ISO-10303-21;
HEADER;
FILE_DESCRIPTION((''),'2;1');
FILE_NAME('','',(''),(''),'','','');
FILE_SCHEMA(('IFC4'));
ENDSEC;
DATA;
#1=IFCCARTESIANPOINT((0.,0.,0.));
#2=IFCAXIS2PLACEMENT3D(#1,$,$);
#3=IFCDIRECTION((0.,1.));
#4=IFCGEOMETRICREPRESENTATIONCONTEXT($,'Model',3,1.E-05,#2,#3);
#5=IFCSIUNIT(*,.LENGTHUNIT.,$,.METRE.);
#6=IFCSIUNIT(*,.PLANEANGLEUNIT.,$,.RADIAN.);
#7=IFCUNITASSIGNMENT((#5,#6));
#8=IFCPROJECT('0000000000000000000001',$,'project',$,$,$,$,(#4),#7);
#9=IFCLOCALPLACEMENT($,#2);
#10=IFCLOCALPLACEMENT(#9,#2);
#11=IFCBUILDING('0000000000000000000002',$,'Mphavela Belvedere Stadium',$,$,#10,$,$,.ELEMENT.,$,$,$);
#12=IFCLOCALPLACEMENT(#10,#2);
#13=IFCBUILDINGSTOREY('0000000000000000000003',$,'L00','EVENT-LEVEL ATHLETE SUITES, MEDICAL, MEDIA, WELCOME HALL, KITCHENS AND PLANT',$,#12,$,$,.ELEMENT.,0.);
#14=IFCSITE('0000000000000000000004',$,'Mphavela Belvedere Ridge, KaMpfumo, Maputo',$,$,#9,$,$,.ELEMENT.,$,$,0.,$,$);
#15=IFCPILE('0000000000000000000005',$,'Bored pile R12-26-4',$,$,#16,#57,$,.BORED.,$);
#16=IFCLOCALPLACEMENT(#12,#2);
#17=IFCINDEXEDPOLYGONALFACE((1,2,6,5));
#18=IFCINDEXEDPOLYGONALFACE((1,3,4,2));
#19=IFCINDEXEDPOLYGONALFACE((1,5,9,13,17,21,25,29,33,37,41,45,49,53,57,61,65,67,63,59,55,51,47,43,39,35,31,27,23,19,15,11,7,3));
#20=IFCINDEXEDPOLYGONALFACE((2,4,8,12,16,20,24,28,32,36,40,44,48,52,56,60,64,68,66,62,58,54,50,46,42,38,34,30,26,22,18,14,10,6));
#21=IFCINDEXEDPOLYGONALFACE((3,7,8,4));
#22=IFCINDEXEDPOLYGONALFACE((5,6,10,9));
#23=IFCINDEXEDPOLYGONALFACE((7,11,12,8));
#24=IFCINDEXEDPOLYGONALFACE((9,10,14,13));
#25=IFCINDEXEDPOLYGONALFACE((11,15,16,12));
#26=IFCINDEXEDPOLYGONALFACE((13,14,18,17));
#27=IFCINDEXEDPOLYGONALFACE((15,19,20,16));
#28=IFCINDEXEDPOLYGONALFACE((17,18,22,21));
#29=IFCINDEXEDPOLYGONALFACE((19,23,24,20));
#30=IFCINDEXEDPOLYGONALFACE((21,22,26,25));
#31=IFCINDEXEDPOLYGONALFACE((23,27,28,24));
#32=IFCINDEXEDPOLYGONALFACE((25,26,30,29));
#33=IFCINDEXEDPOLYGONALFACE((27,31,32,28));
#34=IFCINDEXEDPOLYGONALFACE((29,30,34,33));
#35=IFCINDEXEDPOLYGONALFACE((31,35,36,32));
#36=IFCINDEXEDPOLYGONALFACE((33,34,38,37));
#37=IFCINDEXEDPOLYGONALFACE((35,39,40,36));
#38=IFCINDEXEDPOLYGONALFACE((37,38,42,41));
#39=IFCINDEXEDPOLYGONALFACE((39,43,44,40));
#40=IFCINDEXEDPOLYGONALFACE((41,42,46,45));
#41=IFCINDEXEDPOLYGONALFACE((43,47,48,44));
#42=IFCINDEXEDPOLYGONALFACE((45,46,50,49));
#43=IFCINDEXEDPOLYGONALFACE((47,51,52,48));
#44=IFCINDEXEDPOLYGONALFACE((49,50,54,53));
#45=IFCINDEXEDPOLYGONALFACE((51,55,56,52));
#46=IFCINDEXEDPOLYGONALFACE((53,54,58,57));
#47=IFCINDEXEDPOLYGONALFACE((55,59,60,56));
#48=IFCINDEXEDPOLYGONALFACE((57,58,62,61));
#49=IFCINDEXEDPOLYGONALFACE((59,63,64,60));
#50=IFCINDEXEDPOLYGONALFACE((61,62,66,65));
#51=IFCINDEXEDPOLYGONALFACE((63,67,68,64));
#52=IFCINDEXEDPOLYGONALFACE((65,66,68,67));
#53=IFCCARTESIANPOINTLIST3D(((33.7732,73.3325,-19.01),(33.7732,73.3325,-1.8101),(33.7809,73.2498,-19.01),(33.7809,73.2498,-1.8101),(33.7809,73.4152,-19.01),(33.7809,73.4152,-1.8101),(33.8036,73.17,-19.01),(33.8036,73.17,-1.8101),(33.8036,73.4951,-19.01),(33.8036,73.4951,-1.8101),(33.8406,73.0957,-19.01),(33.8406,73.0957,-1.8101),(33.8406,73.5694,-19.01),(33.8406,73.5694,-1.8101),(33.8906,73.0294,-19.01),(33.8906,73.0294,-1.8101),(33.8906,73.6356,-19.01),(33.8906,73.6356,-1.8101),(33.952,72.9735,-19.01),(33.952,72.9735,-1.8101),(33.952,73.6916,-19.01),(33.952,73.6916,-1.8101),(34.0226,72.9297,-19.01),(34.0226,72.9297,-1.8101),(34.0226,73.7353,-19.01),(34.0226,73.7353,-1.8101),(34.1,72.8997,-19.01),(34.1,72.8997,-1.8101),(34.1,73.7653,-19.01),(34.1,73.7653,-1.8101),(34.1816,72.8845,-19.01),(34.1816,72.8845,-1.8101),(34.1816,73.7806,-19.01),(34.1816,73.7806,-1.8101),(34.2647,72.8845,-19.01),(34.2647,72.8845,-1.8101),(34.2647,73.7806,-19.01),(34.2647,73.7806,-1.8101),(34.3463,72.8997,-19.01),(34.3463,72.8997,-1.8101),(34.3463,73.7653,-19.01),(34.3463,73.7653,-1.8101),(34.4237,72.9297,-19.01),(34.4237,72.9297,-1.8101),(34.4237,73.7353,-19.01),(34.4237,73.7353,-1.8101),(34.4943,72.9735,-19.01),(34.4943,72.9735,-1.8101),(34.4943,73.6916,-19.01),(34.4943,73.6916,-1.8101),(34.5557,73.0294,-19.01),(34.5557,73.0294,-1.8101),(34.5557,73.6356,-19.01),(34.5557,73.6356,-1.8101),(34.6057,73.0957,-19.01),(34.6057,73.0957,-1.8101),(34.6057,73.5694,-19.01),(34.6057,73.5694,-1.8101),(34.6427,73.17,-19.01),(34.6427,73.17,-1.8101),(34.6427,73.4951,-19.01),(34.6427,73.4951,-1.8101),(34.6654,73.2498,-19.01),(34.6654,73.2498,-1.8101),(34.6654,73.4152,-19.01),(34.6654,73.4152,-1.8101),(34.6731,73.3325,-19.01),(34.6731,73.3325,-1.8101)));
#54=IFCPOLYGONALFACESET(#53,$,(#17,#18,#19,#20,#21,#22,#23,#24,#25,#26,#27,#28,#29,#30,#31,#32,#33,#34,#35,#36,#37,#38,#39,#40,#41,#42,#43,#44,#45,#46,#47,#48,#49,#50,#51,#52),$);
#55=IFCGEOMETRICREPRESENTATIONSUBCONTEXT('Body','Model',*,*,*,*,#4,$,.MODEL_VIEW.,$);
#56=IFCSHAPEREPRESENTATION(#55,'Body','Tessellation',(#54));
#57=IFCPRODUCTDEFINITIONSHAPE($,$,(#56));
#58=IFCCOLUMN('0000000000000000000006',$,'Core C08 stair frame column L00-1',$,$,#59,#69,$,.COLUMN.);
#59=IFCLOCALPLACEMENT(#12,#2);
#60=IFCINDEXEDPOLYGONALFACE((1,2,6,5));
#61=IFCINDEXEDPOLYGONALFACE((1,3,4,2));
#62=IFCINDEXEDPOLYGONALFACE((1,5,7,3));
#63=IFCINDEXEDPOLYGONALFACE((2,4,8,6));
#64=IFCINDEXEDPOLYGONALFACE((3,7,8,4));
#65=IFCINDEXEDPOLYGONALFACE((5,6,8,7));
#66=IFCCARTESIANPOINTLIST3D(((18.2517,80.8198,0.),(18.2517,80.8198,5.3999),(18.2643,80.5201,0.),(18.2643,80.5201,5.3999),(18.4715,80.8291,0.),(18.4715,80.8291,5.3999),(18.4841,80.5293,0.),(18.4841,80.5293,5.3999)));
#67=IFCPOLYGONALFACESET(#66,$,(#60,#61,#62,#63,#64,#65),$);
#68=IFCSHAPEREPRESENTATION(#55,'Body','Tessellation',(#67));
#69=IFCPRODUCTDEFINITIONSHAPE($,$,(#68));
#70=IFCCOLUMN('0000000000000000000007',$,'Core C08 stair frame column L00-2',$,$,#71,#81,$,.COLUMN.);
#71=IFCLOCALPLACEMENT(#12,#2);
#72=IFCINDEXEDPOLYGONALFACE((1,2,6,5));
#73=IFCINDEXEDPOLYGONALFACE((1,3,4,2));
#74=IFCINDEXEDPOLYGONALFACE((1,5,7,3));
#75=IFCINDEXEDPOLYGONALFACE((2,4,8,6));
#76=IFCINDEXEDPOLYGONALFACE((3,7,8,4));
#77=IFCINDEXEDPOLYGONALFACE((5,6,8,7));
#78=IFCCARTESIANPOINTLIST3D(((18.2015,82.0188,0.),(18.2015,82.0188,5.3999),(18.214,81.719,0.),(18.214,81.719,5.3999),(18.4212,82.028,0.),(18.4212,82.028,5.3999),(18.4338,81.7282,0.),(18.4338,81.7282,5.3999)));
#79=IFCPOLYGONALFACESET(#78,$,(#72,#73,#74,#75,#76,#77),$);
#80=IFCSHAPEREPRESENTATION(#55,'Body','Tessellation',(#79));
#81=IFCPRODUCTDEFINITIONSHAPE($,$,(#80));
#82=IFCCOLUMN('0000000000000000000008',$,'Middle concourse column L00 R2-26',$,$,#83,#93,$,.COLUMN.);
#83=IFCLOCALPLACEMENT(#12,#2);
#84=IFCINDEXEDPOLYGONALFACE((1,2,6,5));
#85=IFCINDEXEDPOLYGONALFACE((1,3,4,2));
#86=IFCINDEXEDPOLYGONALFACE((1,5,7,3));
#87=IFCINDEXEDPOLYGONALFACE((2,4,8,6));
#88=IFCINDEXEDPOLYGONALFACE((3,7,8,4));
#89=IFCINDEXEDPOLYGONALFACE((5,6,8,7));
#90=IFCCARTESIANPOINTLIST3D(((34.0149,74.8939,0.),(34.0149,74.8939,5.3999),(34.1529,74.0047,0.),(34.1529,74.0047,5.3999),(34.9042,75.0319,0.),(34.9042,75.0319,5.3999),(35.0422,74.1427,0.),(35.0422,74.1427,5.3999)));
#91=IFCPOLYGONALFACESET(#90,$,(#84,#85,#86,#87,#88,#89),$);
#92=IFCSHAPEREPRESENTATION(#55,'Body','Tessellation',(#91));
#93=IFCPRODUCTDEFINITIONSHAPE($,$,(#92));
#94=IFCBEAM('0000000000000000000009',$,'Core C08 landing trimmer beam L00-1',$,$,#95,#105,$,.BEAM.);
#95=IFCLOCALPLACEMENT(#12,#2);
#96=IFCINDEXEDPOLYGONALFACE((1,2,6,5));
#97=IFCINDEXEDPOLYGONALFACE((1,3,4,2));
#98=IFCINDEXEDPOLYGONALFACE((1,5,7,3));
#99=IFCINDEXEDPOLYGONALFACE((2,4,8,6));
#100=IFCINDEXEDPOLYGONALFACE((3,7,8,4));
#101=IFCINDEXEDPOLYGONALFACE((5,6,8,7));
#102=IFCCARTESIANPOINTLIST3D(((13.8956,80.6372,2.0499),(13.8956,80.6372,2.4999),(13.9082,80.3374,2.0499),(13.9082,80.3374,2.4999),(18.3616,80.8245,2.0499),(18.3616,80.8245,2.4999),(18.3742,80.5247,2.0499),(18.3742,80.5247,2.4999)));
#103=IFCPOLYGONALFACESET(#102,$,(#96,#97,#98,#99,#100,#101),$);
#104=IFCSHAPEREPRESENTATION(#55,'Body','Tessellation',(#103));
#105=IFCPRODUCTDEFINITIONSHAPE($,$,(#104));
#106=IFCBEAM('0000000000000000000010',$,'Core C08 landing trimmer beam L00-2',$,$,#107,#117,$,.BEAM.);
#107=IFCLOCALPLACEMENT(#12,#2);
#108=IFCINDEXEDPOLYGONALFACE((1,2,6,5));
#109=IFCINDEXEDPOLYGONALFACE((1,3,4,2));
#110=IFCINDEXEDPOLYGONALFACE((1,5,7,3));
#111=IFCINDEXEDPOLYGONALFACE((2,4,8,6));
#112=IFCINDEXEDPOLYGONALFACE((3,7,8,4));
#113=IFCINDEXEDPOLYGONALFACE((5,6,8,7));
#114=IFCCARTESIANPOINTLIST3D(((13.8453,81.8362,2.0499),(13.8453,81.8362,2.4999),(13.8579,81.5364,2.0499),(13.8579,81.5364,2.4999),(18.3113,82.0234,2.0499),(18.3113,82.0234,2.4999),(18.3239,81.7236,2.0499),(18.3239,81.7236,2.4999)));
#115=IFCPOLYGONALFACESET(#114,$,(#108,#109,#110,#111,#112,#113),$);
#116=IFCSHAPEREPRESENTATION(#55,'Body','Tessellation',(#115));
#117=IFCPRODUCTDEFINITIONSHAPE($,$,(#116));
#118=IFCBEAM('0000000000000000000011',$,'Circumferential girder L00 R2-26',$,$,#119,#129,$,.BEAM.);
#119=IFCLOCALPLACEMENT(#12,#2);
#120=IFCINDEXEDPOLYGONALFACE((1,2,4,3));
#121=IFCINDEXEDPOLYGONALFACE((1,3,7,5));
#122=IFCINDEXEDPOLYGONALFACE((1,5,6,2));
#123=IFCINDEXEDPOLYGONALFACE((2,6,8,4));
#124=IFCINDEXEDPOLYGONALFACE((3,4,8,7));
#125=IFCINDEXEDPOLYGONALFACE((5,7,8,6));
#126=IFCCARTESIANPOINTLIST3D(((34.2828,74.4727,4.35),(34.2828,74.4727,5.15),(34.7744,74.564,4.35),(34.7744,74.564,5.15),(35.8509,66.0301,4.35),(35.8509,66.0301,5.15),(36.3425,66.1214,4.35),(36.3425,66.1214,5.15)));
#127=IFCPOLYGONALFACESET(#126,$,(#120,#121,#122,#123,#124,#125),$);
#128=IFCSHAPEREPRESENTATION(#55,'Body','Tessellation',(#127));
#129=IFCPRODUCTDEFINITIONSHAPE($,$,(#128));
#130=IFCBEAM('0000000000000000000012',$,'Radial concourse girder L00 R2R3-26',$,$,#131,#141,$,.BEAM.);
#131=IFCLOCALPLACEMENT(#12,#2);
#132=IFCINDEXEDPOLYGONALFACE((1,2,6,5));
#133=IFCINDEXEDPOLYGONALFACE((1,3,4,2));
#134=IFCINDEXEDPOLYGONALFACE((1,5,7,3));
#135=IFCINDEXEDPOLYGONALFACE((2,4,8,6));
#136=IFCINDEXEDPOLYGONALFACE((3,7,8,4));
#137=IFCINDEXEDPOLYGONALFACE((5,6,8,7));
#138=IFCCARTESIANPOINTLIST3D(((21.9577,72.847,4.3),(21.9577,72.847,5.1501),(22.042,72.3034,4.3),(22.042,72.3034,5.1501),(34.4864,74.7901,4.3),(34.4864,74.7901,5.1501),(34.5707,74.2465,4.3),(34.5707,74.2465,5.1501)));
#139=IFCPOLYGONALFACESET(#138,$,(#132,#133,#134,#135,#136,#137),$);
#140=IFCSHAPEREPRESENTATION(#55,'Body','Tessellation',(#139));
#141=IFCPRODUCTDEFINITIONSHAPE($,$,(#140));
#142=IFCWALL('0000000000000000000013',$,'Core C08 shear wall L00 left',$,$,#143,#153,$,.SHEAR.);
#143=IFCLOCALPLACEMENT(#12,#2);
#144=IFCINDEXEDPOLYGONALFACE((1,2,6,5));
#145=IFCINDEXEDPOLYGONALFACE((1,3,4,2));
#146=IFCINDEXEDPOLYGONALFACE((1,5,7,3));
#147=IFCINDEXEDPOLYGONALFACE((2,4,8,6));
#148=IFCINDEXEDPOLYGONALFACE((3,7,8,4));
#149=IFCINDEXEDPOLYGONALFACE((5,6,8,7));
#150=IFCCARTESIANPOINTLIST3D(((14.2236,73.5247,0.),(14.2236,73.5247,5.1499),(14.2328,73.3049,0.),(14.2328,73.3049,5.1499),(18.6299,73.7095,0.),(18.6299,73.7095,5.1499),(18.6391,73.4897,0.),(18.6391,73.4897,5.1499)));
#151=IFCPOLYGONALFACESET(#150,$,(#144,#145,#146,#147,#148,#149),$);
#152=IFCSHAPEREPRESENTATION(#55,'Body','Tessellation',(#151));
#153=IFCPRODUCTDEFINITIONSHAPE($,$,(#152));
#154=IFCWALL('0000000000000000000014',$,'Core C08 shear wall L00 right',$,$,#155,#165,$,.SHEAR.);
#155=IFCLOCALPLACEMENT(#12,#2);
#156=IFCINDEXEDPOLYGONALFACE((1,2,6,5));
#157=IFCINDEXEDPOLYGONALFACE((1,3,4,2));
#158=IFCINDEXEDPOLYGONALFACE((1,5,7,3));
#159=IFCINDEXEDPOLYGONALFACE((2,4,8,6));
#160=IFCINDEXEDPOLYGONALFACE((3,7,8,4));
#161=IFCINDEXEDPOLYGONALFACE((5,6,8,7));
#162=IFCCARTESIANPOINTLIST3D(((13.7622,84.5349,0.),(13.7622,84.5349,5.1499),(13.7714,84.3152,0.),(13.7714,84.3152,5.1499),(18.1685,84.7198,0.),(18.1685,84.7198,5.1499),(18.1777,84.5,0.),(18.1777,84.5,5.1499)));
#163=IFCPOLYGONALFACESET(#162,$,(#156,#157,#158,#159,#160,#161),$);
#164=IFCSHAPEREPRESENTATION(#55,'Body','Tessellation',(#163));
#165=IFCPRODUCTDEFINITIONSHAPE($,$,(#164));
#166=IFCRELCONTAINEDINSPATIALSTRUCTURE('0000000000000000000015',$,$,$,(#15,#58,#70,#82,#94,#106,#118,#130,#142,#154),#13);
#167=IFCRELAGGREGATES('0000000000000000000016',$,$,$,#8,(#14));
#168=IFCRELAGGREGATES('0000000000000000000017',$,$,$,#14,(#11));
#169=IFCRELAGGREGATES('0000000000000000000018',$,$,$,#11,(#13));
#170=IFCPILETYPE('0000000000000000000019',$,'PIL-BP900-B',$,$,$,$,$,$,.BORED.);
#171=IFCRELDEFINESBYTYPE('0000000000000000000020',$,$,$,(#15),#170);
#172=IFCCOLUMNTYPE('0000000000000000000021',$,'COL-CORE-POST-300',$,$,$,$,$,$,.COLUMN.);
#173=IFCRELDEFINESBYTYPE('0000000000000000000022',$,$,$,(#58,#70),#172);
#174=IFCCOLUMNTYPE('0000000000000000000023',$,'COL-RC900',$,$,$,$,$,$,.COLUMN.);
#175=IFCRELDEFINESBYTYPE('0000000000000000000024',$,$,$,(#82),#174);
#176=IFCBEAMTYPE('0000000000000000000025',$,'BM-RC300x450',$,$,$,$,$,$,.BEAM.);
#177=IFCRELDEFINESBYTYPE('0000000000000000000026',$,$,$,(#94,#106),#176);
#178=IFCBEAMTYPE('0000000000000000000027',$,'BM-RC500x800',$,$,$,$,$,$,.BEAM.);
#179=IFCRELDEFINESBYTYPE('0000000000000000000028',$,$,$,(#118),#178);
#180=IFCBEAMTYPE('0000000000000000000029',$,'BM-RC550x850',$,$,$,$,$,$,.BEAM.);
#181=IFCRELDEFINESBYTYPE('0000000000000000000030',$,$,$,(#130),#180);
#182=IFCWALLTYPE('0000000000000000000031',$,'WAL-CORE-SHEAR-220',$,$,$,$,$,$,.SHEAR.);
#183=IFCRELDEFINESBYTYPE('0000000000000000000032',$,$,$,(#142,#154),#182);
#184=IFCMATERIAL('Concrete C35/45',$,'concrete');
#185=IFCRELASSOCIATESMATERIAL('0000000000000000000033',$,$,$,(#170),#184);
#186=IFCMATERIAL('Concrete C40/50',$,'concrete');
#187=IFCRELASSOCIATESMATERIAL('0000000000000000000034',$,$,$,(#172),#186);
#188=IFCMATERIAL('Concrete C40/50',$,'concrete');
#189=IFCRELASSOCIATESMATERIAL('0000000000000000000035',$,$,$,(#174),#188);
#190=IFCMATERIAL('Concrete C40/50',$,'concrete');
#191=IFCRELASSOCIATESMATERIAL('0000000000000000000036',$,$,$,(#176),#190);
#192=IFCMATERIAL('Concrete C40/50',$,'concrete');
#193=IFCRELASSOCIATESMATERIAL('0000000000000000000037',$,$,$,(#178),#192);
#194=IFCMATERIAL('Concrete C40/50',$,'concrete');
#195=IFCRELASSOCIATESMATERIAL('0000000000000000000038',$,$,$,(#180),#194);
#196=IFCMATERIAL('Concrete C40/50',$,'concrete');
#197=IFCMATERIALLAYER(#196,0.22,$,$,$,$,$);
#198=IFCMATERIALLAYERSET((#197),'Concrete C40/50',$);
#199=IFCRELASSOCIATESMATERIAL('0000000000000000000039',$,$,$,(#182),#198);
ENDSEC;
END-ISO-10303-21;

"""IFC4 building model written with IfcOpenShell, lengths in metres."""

from ifc_helpers import new_model, si_unit, direction, frame, frame_2d, origin, origin_2d, place, context, subcontext, project, spatial, rectangle, circle, extrude, material, layer, layer_set, material_profile, profile_set, type_object, element, save


model = new_model("IFC4")

# Units and contexts
model_context = context("Model", 3, precision=1e-05, world=origin(), true_north=direction((0.0, 1.0)))
body_context = subcontext(model_context, "Body", "Model", "MODEL_VIEW")
ifc_project = project(units=[si_unit("LENGTHUNIT", "METRE"), si_unit("PLANEANGLEUNIT", "RADIAN")], contexts=[model_context])

# Site, building, storey
site_placement = place(None, origin())
site = spatial("IfcSite", under=ifc_project, at=site_placement, Name="Mphavela Belvedere Ridge, KaMpfumo, Maputo", CompositionType="ELEMENT", RefElevation=0.0)
building_placement = place(site_placement, origin())
building = spatial("IfcBuilding", under=site, at=building_placement, Name="Mphavela Belvedere Stadium", CompositionType="ELEMENT")
storey_placement = place(building_placement, origin())
storey = spatial("IfcBuildingStorey", under=building, at=storey_placement, Name="L00", Description="EVENT-LEVEL ATHLETE SUITES, MEDICAL, MEDIA, WELCOME HALL, KITCHENS AND PLANT", CompositionType="ELEMENT", Elevation=0.0)

# Pile
ifc_material_1 = material(Name="Concrete C35/45", Category="concrete")
ifc_material_profile_1 = material_profile(ifc_material_1, circle(Radius=0.45, at=origin_2d()), Name="BP D900")
ifc_profile_set_1 = profile_set([ifc_material_profile_1], Name="Concrete C35/45")
pile_type_1 = type_object("IfcPileType", Name="PIL-BP900-B", PredefinedType="BORED", material=ifc_profile_set_1)
for number, where, z_axis, x_axis, name in (
    (1, (34.2231, 73.3325, -1.8101), (0.0, 0.0, -1.0), (1.0, 0.0, 0.0), "Bored pile R12-26-4"),
):
    element("IfcPile", number, at=place(storey_placement, frame(where, z_axis=z_axis, x_axis=x_axis)), inside=storey, type_object=pile_type_1, Name=name, PredefinedType="BORED", context=body_context, shape_type="SweptSolid", body=[
        extrude(circle(Radius=0.45, at=origin_2d()), origin(), (0.0, 0.0, 1.0), 17.2),
    ])

# Columns
ifc_material_2 = material(Name="Concrete C40/50", Category="concrete")
ifc_material_profile_2 = material_profile(ifc_material_2, rectangle(XDim=0.3, YDim=0.22, at=origin_2d()), Name="RC 300x220")
ifc_profile_set_2 = profile_set([ifc_material_profile_2], Name="Concrete C40/50")
column_type_1 = type_object("IfcColumnType", Name="COL-CORE-POST-300", PredefinedType="COLUMN", material=ifc_profile_set_2)
for number, where, z_axis, x_axis, name in (
    (2, (18.3679, 80.6746, 0.0), (0.0, 0.0, 1.0), (-0.041876, 0.999123, 0.0), "Core C08 stair frame column L00-1"),
    (3, (18.3176, 81.8735, 0.0), (0.0, 0.0, 1.0), (-0.041876, 0.999123, 0.0), "Core C08 stair frame column L00-2"),
):
    element("IfcColumn", number, at=place(storey_placement, frame(where, z_axis=z_axis, x_axis=x_axis)), inside=storey, type_object=column_type_1, Name=name, PredefinedType="COLUMN", context=body_context, shape_type="SweptSolid", body=[
        extrude(rectangle(XDim=0.3, YDim=0.22, at=origin_2d()), origin(), (0.0, 0.0, 1.0), 5.3999),
    ])
ifc_material_3 = material(Name="Concrete C40/50", Category="concrete")
ifc_material_profile_3 = material_profile(ifc_material_3, rectangle(XDim=0.8999, YDim=0.8999, at=origin_2d()), Name="RC 900x900")
ifc_profile_set_3 = profile_set([ifc_material_profile_3], Name="Concrete C40/50")
column_type_2 = type_object("IfcColumnType", Name="COL-RC900", PredefinedType="COLUMN", material=ifc_profile_set_3)
column_placement = place(storey_placement, frame((34.5286, 74.5183, 0.0), z_axis=(0.0, 0.0, 1.0), x_axis=(-0.988175, -0.153331, 0.0)))
element("IfcColumn", 4, at=column_placement, inside=storey, type_object=column_type_2, Name="Middle concourse column L00 R2-26", PredefinedType="COLUMN", context=body_context, shape_type="SweptSolid", body=[
    extrude(rectangle(XDim=0.8999, YDim=0.8999, at=origin_2d()), origin(), (0.0, 0.0, 1.0), 5.3999),
])

# Beams
ifc_material_4 = material(Name="Concrete C40/50", Category="concrete")
ifc_material_profile_4 = material_profile(ifc_material_4, rectangle(XDim=0.3, YDim=0.45, at=origin_2d()), Name="RC 300x450")
ifc_profile_set_4 = profile_set([ifc_material_profile_4], Name="Concrete C40/50")
beam_type_1 = type_object("IfcBeamType", Name="BM-RC300x450", PredefinedType="BEAM", material=ifc_profile_set_4)
for number, where, z_axis, x_axis, name in (
    (5, (18.3679, 80.6746, 2.2749), (-0.999122, -0.041892, 0.0), (0.041892, -0.999122, 0.0), "Core C08 landing trimmer beam L00-1"),
    (6, (18.3176, 81.8735, 2.2749), (-0.999122, -0.041892, 0.0), (0.041892, -0.999122, 0.0), "Core C08 landing trimmer beam L00-2"),
):
    element("IfcBeam", number, at=place(storey_placement, frame(where, z_axis=z_axis, x_axis=x_axis)), inside=storey, type_object=beam_type_1, Name=name, PredefinedType="BEAM", context=body_context, shape_type="SweptSolid", body=[
        extrude(rectangle(XDim=0.3, YDim=0.45, at=origin_2d()), origin(), (0.0, 0.0, 1.0), 4.47),
    ])
ifc_material_5 = material(Name="Concrete C40/50", Category="concrete")
ifc_material_profile_5 = material_profile(ifc_material_5, rectangle(XDim=0.5, YDim=0.8, at=origin_2d()), Name="RC 500x800")
ifc_profile_set_5 = profile_set([ifc_material_profile_5], Name="Concrete C40/50")
beam_type_2 = type_object("IfcBeamType", Name="BM-RC500x800", PredefinedType="BEAM", material=ifc_profile_set_5)
beam_1_placement = place(storey_placement, frame((34.5286, 74.5183, 4.75), z_axis=(0.182615, -0.983185, 0.0), x_axis=(0.983185, 0.182615, 0.0)))
element("IfcBeam", 7, at=beam_1_placement, inside=storey, type_object=beam_type_2, Name="Circumferential girder L00 R2-26", PredefinedType="BEAM", context=body_context, shape_type="SweptSolid", body=[
    extrude(rectangle(XDim=0.5, YDim=0.8, at=origin_2d()), origin(), (0.0, 0.0, 1.0), 8.5869),
])
ifc_material_6 = material(Name="Concrete C40/50", Category="concrete")
ifc_material_profile_6 = material_profile(ifc_material_6, rectangle(XDim=0.55, YDim=0.8501, at=origin_2d()), Name="RC 550x850")
ifc_profile_set_6 = profile_set([ifc_material_profile_6], Name="Concrete C40/50")
beam_type_3 = type_object("IfcBeamType", Name="BM-RC550x850", PredefinedType="BEAM", material=ifc_profile_set_6)
beam_2_placement = place(storey_placement, frame((34.5286, 74.5183, 4.7251), z_axis=(-0.988186, -0.153262, 0.0), x_axis=(0.153262, -0.988186, 0.0)))
element("IfcBeam", 8, at=beam_2_placement, inside=storey, type_object=beam_type_3, Name="Radial concourse girder L00 R2R3-26", PredefinedType="BEAM", context=body_context, shape_type="SweptSolid", body=[
    extrude(rectangle(XDim=0.55, YDim=0.8501, at=origin_2d()), origin(), (0.0, 0.0, 1.0), 12.6785),
])

# Walls
ifc_material_7 = material(Name="Concrete C40/50", Category="concrete")
ifc_layer_1 = layer(ifc_material_7, 0.22)
ifc_layer_set_1 = layer_set([ifc_layer_1], Name="Concrete C40/50")
wall_type_1 = type_object("IfcWallType", Name="WAL-CORE-SHEAR-220", PredefinedType="SHEAR", material=ifc_layer_set_1)
for number, where, z_axis, x_axis, name in (
    (9, (18.6345, 73.5996, 0.0), (0.0, 0.0, 1.0), (-0.999122, -0.041907, 0.0), "Core C08 shear wall L00 left"),
    (10, (18.1731, 84.6099, 0.0), (0.0, 0.0, 1.0), (-0.999122, -0.041907, 0.0), "Core C08 shear wall L00 right"),
):
    element("IfcWall", number, at=place(storey_placement, frame(where, z_axis=z_axis, x_axis=x_axis)), inside=storey, type_object=wall_type_1, Name=name, PredefinedType="SHEAR", context=body_context, shape_type="SweptSolid", body=[
        extrude(rectangle(XDim=4.4102, YDim=0.22, at=frame_2d((2.2051, 0.0))), origin(), (0.0, 0.0, 1.0), 5.1499),
    ])

save(model, "model.ifc")
